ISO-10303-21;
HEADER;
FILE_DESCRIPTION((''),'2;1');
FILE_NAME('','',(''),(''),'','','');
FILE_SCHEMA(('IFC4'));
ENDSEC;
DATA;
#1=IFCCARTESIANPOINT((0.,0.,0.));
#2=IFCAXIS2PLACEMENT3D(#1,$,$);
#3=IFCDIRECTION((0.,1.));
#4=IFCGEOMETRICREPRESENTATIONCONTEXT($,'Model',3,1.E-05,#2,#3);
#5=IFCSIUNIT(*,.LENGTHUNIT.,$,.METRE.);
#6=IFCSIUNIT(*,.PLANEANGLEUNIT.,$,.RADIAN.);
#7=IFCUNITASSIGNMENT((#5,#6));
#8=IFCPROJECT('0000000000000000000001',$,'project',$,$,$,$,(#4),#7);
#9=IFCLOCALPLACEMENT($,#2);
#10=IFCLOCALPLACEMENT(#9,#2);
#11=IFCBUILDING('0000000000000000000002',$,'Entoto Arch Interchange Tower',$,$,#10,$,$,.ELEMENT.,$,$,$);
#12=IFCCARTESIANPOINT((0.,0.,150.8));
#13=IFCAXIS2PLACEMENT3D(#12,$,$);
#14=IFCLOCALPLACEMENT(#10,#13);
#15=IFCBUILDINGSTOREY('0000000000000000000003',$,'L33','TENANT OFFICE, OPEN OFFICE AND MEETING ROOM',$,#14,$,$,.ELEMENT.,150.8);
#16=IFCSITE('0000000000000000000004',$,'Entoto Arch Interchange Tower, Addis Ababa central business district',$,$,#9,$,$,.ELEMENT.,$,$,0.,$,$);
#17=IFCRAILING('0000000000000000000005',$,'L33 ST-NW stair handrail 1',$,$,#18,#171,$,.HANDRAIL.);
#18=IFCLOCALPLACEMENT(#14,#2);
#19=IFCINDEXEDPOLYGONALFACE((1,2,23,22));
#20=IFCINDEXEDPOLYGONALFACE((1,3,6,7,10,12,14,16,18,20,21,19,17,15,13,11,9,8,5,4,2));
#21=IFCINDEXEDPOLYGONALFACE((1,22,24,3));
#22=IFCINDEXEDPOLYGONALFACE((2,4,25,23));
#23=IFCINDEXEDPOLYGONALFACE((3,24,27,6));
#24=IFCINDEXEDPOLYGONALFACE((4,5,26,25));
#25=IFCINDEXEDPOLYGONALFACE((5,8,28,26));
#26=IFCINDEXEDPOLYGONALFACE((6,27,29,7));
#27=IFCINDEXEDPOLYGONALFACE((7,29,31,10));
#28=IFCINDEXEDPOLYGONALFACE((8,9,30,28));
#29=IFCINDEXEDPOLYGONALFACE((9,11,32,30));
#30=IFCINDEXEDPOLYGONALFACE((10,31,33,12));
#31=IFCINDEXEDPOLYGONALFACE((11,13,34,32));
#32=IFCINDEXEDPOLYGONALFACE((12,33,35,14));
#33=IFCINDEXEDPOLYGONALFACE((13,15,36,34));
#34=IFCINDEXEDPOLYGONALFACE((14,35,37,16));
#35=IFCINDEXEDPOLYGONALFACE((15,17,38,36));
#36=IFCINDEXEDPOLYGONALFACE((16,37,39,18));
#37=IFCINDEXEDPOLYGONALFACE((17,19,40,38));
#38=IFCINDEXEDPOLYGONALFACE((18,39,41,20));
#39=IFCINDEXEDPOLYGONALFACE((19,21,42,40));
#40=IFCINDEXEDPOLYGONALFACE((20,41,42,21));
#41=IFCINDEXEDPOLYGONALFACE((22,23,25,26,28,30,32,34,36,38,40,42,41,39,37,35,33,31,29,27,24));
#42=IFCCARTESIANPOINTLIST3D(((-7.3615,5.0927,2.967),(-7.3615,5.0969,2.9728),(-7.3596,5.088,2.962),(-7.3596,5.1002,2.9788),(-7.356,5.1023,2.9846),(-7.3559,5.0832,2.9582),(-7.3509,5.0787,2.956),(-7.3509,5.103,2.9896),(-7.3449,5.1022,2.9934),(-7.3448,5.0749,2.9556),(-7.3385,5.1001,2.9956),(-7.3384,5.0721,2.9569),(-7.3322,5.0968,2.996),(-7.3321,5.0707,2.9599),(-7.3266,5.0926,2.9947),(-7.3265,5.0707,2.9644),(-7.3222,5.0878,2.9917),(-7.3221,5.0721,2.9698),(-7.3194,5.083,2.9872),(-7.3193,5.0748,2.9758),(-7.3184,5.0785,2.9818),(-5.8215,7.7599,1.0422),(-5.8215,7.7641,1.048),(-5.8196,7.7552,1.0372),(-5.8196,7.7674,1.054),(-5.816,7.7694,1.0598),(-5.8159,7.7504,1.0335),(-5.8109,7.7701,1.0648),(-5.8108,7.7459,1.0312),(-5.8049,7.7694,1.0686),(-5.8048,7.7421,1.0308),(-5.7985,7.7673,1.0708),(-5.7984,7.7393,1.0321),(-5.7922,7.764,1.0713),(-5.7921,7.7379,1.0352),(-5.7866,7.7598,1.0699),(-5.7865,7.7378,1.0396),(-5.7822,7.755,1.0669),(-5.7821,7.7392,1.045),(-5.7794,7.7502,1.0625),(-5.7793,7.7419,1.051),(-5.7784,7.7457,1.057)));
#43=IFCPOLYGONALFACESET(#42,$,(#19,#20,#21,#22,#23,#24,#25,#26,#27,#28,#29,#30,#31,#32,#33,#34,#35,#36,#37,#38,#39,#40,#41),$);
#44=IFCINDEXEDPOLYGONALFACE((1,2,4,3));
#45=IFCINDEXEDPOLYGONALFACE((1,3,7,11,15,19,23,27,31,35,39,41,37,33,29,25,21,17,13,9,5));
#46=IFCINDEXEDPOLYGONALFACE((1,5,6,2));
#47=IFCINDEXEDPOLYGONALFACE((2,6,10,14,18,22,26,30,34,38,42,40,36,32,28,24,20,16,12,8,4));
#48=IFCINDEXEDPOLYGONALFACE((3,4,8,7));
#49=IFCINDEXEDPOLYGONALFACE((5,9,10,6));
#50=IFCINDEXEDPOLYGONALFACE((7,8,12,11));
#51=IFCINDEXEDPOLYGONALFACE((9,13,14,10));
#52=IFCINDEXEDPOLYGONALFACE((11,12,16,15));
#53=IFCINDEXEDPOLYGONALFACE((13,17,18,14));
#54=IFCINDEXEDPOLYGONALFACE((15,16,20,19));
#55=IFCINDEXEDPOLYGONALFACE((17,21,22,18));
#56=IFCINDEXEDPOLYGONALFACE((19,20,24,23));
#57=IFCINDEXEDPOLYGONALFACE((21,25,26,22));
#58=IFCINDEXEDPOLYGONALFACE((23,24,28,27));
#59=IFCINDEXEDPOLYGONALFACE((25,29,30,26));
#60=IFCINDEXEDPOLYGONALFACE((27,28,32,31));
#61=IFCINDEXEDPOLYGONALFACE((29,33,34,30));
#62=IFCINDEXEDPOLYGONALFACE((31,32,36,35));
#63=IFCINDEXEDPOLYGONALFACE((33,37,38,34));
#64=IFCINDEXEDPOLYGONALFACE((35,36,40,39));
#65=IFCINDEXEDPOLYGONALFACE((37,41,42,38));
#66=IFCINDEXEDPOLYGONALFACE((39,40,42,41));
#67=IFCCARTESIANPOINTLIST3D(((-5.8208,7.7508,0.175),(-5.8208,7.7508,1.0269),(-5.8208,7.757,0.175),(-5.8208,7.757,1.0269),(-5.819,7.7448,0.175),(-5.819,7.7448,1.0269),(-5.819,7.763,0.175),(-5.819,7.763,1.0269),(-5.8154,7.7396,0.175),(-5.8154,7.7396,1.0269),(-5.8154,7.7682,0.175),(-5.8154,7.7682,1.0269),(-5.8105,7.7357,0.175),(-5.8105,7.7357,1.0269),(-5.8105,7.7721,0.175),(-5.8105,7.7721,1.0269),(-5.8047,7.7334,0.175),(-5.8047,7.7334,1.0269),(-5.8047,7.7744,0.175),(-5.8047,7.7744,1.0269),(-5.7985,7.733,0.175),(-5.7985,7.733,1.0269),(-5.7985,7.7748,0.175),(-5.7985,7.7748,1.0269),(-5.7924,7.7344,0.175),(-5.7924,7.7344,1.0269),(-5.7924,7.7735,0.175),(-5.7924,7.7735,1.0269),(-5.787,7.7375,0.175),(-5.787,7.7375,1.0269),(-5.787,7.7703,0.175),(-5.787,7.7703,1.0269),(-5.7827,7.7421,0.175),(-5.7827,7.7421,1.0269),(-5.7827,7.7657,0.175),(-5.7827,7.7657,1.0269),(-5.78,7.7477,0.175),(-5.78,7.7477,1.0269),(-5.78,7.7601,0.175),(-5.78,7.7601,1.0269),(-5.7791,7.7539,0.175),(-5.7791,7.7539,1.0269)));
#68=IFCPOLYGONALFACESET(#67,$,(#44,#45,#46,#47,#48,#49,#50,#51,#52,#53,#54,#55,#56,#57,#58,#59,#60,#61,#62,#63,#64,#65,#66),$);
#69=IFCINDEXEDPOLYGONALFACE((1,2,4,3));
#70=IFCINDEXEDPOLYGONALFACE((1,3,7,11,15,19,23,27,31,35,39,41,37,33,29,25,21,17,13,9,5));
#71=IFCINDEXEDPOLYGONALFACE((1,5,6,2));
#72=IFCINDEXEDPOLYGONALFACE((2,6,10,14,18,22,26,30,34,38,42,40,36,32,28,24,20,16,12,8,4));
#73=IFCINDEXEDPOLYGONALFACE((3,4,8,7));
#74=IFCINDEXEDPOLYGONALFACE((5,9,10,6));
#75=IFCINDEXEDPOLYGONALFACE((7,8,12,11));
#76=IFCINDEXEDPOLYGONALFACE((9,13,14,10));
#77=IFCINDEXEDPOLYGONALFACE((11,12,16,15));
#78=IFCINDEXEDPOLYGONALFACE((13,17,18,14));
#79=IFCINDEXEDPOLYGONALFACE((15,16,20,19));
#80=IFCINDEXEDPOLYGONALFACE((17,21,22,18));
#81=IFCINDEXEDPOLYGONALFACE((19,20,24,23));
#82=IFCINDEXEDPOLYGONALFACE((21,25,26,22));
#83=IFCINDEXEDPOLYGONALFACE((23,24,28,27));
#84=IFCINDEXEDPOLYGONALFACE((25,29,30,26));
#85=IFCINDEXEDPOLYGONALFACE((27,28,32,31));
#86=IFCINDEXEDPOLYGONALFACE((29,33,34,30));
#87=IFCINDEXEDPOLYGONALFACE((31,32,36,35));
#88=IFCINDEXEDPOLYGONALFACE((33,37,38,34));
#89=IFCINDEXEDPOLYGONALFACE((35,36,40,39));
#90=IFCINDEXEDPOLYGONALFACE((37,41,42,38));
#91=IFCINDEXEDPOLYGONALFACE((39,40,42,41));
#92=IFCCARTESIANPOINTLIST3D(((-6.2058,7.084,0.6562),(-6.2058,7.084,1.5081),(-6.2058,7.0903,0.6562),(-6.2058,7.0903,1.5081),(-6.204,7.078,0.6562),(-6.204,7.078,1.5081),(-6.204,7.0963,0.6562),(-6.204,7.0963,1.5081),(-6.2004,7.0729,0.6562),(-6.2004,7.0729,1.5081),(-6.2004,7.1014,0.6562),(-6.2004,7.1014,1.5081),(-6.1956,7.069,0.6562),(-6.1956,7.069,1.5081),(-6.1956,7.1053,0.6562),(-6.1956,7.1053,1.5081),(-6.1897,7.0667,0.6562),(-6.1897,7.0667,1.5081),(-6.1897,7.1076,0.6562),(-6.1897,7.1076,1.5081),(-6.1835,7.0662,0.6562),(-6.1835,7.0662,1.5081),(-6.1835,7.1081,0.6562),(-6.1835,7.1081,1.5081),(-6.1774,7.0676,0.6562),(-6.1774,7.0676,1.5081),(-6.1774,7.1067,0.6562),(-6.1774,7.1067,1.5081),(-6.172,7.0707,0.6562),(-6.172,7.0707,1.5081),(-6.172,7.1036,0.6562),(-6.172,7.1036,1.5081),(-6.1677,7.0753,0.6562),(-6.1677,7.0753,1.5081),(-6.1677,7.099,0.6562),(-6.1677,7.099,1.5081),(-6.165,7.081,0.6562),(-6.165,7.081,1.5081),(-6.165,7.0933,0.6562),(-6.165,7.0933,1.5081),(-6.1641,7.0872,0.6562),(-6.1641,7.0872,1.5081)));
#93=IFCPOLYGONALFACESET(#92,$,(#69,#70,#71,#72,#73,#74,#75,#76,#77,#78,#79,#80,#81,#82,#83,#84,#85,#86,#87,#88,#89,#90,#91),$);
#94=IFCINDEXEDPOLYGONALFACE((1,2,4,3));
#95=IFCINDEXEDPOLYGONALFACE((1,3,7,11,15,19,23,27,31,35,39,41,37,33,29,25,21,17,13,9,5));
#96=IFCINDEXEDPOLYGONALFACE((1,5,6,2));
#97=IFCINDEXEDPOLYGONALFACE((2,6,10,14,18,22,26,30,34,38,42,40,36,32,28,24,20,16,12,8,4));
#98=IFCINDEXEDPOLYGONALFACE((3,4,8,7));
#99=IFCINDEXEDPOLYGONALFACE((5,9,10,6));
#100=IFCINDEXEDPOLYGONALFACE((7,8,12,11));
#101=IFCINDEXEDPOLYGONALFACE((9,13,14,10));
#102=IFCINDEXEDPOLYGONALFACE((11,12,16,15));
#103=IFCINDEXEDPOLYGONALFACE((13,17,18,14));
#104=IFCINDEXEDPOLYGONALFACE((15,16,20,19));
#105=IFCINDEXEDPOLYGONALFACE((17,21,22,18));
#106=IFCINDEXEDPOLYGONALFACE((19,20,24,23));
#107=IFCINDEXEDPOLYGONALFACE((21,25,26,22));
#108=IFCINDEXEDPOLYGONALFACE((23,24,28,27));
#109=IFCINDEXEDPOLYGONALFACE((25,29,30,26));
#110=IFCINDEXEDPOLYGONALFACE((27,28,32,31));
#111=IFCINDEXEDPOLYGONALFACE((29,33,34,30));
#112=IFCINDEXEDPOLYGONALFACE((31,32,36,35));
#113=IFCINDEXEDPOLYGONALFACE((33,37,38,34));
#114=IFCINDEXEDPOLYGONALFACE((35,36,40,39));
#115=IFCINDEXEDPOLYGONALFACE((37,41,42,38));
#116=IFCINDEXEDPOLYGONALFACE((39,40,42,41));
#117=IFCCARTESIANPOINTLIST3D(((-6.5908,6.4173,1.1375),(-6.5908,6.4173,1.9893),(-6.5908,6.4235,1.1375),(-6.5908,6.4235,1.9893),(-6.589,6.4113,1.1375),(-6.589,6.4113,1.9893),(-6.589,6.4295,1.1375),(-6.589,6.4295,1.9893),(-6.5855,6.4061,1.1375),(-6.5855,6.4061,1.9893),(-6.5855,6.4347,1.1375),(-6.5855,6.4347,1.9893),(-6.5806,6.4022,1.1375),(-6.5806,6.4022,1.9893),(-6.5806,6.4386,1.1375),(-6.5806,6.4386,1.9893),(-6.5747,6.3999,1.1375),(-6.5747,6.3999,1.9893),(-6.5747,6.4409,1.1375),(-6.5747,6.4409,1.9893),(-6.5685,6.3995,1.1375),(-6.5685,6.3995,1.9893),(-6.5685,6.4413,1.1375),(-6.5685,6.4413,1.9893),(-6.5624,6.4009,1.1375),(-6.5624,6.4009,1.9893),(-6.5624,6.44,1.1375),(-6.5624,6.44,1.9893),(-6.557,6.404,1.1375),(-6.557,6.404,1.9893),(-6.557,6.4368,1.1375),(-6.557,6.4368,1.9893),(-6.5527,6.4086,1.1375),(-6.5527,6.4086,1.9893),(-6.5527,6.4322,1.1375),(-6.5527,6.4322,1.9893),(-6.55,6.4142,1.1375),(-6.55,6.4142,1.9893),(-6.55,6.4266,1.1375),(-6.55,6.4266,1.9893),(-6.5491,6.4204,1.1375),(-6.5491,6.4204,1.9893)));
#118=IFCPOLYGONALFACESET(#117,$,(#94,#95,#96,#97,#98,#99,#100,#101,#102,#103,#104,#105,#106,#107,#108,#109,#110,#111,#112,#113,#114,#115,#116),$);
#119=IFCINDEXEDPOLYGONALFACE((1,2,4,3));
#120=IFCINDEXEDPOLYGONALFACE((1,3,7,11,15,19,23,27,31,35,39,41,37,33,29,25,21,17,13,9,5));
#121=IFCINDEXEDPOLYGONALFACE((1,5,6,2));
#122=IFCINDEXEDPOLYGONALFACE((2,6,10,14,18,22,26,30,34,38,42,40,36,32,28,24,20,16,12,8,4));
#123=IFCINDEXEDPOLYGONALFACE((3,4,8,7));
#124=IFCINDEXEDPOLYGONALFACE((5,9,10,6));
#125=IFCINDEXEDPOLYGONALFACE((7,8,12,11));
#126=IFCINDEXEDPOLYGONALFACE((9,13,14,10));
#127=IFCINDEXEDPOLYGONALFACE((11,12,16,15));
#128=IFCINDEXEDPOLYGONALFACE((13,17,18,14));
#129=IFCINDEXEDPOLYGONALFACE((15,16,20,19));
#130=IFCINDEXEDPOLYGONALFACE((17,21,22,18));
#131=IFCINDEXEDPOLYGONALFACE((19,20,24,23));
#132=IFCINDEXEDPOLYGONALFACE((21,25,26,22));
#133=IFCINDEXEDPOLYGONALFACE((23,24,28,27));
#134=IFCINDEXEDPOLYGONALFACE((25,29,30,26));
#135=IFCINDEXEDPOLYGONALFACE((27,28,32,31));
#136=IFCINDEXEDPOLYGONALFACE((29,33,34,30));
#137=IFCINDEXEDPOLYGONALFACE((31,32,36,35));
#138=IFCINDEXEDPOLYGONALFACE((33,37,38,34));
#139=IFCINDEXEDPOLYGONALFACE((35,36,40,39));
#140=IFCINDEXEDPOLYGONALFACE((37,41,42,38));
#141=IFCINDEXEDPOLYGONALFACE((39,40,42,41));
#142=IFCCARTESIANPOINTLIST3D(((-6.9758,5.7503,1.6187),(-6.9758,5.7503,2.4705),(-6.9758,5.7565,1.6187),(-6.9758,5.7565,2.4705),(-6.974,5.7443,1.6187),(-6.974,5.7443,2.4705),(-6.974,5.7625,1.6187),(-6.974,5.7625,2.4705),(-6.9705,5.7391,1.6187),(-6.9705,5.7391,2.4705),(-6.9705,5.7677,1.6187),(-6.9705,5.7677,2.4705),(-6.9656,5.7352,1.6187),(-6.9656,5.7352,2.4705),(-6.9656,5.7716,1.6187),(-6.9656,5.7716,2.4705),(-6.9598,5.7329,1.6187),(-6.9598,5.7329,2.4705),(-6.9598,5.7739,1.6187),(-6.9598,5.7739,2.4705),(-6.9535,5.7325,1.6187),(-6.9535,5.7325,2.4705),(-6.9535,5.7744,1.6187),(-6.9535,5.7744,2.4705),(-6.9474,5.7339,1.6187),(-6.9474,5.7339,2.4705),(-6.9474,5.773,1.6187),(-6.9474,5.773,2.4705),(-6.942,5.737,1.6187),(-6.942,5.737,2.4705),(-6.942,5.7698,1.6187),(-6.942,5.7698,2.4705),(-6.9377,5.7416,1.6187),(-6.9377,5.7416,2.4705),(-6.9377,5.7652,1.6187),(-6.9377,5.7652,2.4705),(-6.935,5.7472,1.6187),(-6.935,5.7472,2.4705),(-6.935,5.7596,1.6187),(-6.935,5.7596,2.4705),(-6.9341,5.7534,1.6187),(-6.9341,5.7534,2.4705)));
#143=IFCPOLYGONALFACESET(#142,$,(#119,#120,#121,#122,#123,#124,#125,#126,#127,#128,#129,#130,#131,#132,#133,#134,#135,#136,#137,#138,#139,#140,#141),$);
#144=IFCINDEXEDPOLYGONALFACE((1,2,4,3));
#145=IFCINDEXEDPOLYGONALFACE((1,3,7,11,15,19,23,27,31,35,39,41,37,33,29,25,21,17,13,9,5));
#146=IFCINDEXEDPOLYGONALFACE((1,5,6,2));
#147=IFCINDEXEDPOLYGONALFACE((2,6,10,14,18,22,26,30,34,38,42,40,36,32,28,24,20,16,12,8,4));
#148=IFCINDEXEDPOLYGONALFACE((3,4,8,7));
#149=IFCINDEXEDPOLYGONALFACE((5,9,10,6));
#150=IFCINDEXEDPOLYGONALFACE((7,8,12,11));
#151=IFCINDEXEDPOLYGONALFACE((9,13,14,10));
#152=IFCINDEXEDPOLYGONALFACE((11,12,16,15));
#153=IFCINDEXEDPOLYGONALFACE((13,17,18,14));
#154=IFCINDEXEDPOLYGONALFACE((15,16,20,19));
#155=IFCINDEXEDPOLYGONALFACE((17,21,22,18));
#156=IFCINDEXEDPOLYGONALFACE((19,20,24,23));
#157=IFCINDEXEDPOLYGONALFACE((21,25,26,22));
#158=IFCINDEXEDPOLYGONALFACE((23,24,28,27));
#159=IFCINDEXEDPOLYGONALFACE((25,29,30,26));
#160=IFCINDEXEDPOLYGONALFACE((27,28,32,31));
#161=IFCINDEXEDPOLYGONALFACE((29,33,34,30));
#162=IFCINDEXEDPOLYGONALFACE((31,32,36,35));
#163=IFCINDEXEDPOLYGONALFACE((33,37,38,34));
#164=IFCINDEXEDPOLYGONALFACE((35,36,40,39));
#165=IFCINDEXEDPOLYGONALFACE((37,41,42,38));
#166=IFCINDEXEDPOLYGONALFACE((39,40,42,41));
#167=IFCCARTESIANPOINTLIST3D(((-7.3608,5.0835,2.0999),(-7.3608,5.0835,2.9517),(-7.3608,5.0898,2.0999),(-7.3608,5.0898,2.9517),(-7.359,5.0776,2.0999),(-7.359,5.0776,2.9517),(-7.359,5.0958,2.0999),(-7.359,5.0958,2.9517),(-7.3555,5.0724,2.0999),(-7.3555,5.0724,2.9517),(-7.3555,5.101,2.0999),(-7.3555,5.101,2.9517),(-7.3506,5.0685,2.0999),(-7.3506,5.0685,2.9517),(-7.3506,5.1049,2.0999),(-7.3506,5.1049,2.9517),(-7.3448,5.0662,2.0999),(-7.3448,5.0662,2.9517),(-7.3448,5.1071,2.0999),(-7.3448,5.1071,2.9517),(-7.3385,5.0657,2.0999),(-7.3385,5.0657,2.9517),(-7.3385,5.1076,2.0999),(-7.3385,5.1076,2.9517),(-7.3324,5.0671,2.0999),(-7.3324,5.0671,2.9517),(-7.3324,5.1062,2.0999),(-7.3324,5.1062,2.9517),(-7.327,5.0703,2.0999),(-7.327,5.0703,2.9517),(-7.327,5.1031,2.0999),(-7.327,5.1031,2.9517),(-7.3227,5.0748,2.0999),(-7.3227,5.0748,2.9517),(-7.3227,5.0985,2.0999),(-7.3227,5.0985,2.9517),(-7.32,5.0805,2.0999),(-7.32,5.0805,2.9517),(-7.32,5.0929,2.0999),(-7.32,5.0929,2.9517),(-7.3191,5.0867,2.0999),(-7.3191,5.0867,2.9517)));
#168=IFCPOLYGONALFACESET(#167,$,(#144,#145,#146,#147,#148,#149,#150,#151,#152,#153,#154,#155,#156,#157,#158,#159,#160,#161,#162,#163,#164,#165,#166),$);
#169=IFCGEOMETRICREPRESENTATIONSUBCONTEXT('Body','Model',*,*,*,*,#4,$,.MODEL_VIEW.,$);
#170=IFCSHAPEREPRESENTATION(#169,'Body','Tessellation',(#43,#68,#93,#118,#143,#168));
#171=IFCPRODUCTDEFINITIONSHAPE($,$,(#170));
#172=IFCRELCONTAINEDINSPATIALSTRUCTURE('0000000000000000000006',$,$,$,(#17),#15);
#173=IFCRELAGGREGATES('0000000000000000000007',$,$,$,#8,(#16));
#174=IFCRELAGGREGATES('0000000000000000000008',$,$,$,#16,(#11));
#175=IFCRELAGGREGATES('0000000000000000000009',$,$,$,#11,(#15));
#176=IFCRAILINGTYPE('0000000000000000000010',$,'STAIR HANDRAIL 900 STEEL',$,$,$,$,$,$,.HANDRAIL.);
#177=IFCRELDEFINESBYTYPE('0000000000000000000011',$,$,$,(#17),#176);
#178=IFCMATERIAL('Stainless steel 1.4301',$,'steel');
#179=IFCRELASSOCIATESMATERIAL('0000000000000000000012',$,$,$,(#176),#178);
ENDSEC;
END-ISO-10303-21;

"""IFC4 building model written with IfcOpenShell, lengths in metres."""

from ifc_helpers import new_model, si_unit, direction, frame, origin, origin_2d, place, context, subcontext, project, spatial, circle, extrude, material, type_object, element, save


model = new_model("IFC4")

# Units and contexts
model_context = context("Model", 3, precision=1e-05, world=origin(), true_north=direction((0.0, 1.0)))
body_context = subcontext(model_context, "Body", "Model", "MODEL_VIEW")
ifc_project = project(units=[si_unit("LENGTHUNIT", "METRE"), si_unit("PLANEANGLEUNIT", "RADIAN")], contexts=[model_context])

# Site, building, storey
site_placement = place(None, origin())
site = spatial("IfcSite", under=ifc_project, at=site_placement, Name="Entoto Arch Interchange Tower, Addis Ababa central business district", CompositionType="ELEMENT", RefElevation=0.0)
building_placement = place(site_placement, origin())
building = spatial("IfcBuilding", under=site, at=building_placement, Name="Entoto Arch Interchange Tower", CompositionType="ELEMENT")
storey_placement = place(building_placement, frame((0.0, 0.0, 150.8)))
storey = spatial("IfcBuildingStorey", under=building, at=storey_placement, Name="L33", Description="TENANT OFFICE, OPEN OFFICE AND MEETING ROOM", CompositionType="ELEMENT", Elevation=150.8)

# Railing
ifc_material_1 = material(Name="Stainless steel 1.4301", Category="steel")
railing_type_1 = type_object("IfcRailingType", Name="STAIR HANDRAIL 900 STEEL", PredefinedType="HANDRAIL", material=ifc_material_1)
railing_1_placement = place(storey_placement, frame((-5.8, 7.7539, 0.175)))
element("IfcRailing", 1, at=railing_1_placement, inside=storey, type_object=railing_type_1, Name="L33 ST-NW stair handrail 1", PredefinedType="HANDRAIL", context=body_context, shape_type="SweptSolid", body=[
    extrude(circle(Radius=0.0239, at=origin_2d()), frame((0.0, 0.0, 0.876), z_axis=(-0.424031, -0.73439, 0.529971), x_axis=(0.86601, -0.500027, 0.0)), (0.0, 0.0, 1.0), 3.6318),
    extrude(circle(Radius=0.021, at=origin_2d()), origin(), (0.0, 0.0, 1.0), 0.8518),
    extrude(circle(Radius=0.021, at=origin_2d()), frame((-0.385, -0.6667, 0.4812)), (0.0, 0.0, 1.0), 0.8518),
    extrude(circle(Radius=0.021, at=origin_2d()), frame((-0.77, -1.3335, 0.9624)), (0.0, 0.0, 1.0), 0.8518),
    extrude(circle(Radius=0.021, at=origin_2d()), frame((-1.155, -2.0005, 1.4436)), (0.0, 0.0, 1.0), 0.8518),
    extrude(circle(Radius=0.021, at=origin_2d()), frame((-1.54, -2.6672, 1.9248)), (0.0, 0.0, 1.0), 0.8518),
])

save(model, "model.ifc")
